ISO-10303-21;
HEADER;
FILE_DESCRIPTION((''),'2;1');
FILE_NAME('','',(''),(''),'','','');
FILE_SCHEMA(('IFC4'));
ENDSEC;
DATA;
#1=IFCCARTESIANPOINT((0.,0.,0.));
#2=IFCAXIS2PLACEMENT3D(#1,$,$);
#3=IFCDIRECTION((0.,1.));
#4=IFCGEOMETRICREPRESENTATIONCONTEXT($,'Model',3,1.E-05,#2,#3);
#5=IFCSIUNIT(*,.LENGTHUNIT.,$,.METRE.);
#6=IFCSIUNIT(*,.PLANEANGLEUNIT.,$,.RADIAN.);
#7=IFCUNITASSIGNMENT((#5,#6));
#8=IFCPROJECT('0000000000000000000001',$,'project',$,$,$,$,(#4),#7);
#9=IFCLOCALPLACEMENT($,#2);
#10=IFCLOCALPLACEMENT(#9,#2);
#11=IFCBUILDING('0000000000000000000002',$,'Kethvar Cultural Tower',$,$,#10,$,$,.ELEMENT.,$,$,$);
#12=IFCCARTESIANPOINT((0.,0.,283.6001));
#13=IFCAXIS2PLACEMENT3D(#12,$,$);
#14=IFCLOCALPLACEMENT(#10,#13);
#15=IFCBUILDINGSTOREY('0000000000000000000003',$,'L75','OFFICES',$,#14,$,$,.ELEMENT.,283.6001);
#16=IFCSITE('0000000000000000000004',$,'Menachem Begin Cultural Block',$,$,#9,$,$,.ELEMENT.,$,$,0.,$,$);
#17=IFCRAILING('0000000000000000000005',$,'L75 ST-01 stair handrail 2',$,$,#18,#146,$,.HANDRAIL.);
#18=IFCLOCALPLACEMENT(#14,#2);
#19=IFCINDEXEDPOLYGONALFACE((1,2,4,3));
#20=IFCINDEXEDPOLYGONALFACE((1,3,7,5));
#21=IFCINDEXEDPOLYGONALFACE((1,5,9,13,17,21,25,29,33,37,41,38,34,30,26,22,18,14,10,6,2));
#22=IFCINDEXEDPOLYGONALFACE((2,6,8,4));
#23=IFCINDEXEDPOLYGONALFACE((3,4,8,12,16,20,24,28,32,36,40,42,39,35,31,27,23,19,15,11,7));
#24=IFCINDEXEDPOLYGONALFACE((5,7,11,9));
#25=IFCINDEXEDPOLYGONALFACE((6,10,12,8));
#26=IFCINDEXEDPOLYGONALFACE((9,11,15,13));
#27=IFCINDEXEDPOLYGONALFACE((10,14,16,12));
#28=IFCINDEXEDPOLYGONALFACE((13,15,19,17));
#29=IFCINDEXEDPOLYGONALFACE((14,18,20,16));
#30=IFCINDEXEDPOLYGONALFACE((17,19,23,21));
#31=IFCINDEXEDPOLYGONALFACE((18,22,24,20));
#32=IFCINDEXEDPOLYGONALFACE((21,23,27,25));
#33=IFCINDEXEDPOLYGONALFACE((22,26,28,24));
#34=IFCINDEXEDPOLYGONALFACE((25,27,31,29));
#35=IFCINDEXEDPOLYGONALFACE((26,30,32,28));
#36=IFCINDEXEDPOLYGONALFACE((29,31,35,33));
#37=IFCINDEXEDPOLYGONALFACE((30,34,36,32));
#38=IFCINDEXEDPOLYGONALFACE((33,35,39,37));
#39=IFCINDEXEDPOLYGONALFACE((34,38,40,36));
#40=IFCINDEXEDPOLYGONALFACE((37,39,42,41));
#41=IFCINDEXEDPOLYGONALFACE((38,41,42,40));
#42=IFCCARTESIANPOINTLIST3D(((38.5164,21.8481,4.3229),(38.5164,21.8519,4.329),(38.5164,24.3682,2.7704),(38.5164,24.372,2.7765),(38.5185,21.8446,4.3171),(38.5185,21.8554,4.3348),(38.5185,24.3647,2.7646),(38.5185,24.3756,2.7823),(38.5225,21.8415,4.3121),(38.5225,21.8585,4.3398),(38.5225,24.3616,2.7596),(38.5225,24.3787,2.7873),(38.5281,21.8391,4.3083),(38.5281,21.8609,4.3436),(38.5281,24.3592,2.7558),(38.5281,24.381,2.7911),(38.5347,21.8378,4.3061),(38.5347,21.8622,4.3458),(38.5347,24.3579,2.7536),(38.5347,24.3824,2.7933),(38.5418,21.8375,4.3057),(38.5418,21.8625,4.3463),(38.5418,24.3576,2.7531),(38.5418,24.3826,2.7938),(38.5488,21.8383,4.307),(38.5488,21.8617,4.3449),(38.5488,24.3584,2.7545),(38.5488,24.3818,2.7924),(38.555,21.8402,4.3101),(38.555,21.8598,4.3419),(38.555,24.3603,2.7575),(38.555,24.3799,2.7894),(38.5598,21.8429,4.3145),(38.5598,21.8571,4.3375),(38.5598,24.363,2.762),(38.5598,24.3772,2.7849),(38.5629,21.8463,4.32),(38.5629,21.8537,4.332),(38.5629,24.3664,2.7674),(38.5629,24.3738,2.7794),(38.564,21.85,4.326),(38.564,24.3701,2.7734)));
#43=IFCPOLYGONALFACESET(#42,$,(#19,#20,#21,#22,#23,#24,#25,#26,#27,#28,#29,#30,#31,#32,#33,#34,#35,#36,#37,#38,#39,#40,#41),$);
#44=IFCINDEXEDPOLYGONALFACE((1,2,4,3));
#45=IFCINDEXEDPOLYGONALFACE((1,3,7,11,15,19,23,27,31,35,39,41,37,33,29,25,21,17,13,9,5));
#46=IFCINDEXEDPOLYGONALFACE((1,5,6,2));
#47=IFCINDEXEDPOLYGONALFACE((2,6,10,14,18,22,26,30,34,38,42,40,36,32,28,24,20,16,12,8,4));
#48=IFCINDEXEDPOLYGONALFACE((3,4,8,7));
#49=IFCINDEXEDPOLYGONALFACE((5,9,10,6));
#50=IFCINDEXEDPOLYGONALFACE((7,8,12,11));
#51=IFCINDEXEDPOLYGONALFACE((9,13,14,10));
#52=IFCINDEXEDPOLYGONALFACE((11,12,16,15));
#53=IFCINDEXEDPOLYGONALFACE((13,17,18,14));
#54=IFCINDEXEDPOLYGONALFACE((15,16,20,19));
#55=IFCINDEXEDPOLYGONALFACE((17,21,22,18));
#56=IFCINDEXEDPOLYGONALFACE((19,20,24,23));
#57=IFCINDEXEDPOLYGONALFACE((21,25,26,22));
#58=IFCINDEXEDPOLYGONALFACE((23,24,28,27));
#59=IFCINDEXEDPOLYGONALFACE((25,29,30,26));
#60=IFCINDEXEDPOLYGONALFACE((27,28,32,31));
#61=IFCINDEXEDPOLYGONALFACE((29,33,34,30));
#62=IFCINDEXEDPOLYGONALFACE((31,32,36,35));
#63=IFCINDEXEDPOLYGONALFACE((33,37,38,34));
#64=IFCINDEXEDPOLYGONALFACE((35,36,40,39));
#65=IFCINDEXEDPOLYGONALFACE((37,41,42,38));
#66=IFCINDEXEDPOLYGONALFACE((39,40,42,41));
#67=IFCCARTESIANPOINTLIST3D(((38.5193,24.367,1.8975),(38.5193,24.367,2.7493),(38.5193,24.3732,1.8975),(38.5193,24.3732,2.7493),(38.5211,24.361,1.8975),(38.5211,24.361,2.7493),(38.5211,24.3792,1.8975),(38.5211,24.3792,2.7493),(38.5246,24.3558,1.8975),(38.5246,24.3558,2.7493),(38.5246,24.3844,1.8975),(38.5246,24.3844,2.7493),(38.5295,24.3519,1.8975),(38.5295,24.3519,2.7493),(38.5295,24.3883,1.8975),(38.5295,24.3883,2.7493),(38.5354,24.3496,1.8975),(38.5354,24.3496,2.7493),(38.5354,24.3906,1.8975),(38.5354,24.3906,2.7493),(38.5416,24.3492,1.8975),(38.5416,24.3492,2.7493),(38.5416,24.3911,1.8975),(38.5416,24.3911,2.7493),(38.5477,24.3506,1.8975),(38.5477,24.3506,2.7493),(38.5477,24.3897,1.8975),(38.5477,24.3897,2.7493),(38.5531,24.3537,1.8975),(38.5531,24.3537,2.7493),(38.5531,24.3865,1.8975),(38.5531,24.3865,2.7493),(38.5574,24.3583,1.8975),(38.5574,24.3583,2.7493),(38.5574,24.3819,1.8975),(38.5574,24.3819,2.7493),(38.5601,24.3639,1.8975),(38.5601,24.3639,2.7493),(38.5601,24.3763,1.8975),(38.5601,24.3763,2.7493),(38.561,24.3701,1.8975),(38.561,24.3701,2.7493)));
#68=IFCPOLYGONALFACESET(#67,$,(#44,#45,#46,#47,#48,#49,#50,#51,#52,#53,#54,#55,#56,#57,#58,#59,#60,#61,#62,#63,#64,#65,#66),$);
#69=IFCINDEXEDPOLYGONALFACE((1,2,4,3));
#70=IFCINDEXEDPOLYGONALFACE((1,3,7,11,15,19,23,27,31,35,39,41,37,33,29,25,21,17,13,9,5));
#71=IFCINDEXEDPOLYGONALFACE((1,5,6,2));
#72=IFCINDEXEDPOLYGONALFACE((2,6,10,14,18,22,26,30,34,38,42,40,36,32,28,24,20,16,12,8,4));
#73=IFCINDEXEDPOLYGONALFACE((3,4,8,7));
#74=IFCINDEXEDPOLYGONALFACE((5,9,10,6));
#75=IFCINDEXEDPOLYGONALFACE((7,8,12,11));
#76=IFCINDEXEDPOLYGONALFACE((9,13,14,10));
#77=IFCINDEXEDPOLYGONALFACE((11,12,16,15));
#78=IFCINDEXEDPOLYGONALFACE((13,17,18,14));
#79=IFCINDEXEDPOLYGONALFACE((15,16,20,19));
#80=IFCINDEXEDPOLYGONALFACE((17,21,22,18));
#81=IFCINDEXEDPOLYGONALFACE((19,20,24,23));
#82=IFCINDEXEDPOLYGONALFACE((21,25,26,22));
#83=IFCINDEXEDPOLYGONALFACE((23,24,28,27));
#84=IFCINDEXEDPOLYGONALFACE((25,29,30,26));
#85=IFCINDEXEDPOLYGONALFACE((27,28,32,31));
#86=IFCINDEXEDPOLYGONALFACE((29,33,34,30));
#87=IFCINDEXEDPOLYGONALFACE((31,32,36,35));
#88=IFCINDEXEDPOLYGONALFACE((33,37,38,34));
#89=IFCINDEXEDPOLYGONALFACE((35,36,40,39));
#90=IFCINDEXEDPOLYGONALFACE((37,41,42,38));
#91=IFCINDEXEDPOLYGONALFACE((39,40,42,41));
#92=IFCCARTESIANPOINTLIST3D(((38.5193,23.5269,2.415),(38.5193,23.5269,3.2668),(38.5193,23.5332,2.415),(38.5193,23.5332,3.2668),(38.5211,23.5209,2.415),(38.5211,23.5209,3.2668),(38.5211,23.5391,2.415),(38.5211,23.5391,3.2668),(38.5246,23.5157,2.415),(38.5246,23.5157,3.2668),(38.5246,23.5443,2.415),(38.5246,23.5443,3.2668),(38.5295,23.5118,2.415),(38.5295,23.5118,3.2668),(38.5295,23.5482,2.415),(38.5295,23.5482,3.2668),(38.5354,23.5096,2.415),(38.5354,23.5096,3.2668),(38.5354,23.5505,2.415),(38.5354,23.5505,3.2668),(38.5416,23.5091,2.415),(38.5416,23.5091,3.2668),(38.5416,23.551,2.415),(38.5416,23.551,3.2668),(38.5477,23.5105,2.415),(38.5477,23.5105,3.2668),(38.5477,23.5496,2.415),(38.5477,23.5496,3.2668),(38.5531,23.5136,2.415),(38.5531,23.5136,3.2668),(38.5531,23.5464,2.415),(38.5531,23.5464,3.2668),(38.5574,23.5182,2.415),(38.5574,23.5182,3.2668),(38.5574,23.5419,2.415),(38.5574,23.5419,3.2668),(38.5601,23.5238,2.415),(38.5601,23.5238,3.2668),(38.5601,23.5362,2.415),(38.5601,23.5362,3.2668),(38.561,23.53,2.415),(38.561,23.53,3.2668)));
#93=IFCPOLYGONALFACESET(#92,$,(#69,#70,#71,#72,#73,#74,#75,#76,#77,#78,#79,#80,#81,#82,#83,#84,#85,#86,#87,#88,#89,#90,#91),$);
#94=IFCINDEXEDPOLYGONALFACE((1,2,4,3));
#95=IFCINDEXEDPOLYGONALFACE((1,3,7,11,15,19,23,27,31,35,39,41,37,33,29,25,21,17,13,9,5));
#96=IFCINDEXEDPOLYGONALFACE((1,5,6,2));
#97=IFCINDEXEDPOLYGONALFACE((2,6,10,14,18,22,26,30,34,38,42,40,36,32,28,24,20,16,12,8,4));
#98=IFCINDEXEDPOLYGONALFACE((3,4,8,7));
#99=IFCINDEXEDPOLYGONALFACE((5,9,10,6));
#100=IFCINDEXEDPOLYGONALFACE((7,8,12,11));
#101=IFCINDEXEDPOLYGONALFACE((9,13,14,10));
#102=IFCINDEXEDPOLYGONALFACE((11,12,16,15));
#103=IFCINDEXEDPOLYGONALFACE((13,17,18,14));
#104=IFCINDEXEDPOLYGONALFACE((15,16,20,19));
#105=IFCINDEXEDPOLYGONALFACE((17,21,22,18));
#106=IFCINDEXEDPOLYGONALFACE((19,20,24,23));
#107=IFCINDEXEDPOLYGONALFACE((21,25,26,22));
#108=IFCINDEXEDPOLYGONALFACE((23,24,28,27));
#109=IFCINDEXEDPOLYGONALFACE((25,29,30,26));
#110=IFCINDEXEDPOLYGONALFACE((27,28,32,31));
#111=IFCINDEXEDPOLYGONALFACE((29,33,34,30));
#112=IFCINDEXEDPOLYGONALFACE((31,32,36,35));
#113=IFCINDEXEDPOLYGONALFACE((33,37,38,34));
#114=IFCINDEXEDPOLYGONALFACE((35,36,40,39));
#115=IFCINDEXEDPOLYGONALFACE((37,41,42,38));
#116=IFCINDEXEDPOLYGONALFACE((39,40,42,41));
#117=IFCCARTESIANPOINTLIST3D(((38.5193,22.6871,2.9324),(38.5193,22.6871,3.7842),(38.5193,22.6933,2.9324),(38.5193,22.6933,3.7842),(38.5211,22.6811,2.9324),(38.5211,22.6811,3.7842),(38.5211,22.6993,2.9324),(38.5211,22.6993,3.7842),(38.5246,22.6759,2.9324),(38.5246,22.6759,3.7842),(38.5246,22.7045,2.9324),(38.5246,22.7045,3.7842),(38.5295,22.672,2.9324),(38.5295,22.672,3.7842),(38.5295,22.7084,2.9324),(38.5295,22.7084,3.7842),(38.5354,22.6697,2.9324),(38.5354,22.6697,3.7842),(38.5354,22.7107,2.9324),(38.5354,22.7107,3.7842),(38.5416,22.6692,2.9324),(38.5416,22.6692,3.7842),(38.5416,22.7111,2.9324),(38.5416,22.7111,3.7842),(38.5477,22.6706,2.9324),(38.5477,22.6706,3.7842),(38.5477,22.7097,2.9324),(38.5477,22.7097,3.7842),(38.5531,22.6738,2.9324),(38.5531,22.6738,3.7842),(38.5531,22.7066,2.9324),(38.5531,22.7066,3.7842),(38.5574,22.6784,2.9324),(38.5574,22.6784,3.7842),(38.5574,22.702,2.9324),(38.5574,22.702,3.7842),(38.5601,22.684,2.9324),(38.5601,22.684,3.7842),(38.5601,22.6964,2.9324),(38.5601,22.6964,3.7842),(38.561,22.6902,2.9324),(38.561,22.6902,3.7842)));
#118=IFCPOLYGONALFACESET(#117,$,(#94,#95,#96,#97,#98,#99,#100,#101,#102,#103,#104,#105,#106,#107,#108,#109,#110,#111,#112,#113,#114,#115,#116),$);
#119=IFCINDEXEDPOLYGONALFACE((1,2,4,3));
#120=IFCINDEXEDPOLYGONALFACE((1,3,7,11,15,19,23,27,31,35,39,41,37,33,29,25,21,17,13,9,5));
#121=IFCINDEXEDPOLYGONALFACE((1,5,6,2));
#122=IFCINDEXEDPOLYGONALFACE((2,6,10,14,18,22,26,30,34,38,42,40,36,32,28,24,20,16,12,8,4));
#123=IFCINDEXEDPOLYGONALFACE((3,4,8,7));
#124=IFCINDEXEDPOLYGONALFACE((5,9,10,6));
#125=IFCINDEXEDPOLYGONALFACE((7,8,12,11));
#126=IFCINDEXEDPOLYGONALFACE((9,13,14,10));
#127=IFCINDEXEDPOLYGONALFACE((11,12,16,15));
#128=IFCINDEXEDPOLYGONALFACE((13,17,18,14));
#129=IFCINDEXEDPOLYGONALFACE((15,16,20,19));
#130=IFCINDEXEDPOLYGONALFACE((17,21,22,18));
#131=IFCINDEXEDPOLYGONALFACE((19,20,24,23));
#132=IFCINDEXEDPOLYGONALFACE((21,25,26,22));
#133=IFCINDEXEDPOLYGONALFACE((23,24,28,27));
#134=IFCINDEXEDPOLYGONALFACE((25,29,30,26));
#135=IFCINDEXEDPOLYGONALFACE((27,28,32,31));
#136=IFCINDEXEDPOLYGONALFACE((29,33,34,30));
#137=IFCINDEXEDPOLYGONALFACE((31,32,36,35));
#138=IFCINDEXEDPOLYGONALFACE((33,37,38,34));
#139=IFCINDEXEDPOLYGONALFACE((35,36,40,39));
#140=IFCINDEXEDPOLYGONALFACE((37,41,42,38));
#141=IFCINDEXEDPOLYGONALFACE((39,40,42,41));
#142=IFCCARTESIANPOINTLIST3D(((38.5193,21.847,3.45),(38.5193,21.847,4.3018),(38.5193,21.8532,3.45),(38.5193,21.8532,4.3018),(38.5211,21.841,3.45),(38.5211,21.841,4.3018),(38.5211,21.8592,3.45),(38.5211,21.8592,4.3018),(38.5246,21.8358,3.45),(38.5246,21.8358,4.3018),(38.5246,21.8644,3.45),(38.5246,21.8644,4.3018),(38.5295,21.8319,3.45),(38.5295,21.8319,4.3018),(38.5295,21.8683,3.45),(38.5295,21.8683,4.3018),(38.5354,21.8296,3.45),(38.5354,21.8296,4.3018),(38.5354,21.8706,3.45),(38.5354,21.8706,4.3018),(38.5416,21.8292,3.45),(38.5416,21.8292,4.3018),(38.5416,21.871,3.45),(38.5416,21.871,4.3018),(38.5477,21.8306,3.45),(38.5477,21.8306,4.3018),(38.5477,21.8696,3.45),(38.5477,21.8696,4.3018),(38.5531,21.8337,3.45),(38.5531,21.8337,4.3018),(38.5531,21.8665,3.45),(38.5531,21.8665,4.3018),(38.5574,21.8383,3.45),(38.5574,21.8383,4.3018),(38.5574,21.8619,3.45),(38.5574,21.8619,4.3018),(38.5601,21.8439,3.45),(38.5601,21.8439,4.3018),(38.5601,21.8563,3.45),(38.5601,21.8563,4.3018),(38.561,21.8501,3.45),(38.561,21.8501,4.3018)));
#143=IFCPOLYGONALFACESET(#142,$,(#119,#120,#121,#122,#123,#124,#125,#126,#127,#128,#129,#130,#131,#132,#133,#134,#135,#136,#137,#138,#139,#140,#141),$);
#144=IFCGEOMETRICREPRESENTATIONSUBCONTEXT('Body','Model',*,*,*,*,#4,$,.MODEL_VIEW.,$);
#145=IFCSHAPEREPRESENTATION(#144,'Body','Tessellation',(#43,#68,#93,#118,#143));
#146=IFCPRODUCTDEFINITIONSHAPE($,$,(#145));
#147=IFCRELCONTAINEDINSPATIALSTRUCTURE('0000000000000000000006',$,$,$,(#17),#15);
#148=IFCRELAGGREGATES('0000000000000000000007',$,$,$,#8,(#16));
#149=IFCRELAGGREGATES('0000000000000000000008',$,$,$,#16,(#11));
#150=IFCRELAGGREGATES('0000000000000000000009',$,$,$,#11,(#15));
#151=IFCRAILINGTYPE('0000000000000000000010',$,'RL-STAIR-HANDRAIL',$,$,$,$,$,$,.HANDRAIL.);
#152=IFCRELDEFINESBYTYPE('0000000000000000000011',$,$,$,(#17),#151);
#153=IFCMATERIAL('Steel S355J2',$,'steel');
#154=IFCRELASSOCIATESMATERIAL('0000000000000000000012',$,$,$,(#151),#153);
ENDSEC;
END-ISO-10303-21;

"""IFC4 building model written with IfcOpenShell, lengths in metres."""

from ifc_helpers import new_model, si_unit, direction, frame, origin, origin_2d, place, context, subcontext, project, spatial, circle, extrude, material, type_object, element, save


model = new_model("IFC4")

# Units and contexts
model_context = context("Model", 3, precision=1e-05, world=origin(), true_north=direction((0.0, 1.0)))
body_context = subcontext(model_context, "Body", "Model", "MODEL_VIEW")
ifc_project = project(units=[si_unit("LENGTHUNIT", "METRE"), si_unit("PLANEANGLEUNIT", "RADIAN")], contexts=[model_context])

# Site, building, storey
site_placement = place(None, origin())
site = spatial("IfcSite", under=ifc_project, at=site_placement, Name="Menachem Begin Cultural Block", CompositionType="ELEMENT", RefElevation=0.0)
building_placement = place(site_placement, origin())
building = spatial("IfcBuilding", under=site, at=building_placement, Name="Kethvar Cultural Tower", CompositionType="ELEMENT")
storey_placement = place(building_placement, frame((0.0, 0.0, 283.6001)))
storey = spatial("IfcBuildingStorey", under=building, at=storey_placement, Name="L75", Description="OFFICES", CompositionType="ELEMENT", Elevation=283.6001)

# Shared definitions
ifc_material_1 = material(Name="Steel S355J2", Category="steel")

# Railing
railing_type_1 = type_object("IfcRailingType", Name="RL-STAIR-HANDRAIL", PredefinedType="HANDRAIL", material=ifc_material_1)
railing_1_placement = place(storey_placement, frame((38.54, 24.3701, 1.8975)))
element("IfcRailing", 1, at=railing_1_placement, inside=storey, type_object=railing_type_1, Name="L75 ST-01 stair handrail 2", PredefinedType="HANDRAIL", context=body_context, shape_type="SweptSolid", body=[
    extrude(circle(Radius=0.0239, at=origin_2d()), frame((0.0, 0.0, 0.876), z_axis=(0.0, -0.8514, 0.524516), x_axis=(1.0, 0.0, 0.0)), (0.0, 0.0, 1.0), 2.96),
    extrude(circle(Radius=0.021, at=origin_2d()), origin(), (0.0, 0.0, 1.0), 0.8518),
    extrude(circle(Radius=0.021, at=origin_2d()), frame((0.0, -0.8401, 0.5176)), (0.0, 0.0, 1.0), 0.8518),
    extrude(circle(Radius=0.021, at=origin_2d()), frame((0.0, -1.6799, 1.0349)), (0.0, 0.0, 1.0), 0.8518),
    extrude(circle(Radius=0.021, at=origin_2d()), frame((0.0, -2.52, 1.5525)), (0.0, 0.0, 1.0), 0.8518),
])

save(model, "model.ifc")
